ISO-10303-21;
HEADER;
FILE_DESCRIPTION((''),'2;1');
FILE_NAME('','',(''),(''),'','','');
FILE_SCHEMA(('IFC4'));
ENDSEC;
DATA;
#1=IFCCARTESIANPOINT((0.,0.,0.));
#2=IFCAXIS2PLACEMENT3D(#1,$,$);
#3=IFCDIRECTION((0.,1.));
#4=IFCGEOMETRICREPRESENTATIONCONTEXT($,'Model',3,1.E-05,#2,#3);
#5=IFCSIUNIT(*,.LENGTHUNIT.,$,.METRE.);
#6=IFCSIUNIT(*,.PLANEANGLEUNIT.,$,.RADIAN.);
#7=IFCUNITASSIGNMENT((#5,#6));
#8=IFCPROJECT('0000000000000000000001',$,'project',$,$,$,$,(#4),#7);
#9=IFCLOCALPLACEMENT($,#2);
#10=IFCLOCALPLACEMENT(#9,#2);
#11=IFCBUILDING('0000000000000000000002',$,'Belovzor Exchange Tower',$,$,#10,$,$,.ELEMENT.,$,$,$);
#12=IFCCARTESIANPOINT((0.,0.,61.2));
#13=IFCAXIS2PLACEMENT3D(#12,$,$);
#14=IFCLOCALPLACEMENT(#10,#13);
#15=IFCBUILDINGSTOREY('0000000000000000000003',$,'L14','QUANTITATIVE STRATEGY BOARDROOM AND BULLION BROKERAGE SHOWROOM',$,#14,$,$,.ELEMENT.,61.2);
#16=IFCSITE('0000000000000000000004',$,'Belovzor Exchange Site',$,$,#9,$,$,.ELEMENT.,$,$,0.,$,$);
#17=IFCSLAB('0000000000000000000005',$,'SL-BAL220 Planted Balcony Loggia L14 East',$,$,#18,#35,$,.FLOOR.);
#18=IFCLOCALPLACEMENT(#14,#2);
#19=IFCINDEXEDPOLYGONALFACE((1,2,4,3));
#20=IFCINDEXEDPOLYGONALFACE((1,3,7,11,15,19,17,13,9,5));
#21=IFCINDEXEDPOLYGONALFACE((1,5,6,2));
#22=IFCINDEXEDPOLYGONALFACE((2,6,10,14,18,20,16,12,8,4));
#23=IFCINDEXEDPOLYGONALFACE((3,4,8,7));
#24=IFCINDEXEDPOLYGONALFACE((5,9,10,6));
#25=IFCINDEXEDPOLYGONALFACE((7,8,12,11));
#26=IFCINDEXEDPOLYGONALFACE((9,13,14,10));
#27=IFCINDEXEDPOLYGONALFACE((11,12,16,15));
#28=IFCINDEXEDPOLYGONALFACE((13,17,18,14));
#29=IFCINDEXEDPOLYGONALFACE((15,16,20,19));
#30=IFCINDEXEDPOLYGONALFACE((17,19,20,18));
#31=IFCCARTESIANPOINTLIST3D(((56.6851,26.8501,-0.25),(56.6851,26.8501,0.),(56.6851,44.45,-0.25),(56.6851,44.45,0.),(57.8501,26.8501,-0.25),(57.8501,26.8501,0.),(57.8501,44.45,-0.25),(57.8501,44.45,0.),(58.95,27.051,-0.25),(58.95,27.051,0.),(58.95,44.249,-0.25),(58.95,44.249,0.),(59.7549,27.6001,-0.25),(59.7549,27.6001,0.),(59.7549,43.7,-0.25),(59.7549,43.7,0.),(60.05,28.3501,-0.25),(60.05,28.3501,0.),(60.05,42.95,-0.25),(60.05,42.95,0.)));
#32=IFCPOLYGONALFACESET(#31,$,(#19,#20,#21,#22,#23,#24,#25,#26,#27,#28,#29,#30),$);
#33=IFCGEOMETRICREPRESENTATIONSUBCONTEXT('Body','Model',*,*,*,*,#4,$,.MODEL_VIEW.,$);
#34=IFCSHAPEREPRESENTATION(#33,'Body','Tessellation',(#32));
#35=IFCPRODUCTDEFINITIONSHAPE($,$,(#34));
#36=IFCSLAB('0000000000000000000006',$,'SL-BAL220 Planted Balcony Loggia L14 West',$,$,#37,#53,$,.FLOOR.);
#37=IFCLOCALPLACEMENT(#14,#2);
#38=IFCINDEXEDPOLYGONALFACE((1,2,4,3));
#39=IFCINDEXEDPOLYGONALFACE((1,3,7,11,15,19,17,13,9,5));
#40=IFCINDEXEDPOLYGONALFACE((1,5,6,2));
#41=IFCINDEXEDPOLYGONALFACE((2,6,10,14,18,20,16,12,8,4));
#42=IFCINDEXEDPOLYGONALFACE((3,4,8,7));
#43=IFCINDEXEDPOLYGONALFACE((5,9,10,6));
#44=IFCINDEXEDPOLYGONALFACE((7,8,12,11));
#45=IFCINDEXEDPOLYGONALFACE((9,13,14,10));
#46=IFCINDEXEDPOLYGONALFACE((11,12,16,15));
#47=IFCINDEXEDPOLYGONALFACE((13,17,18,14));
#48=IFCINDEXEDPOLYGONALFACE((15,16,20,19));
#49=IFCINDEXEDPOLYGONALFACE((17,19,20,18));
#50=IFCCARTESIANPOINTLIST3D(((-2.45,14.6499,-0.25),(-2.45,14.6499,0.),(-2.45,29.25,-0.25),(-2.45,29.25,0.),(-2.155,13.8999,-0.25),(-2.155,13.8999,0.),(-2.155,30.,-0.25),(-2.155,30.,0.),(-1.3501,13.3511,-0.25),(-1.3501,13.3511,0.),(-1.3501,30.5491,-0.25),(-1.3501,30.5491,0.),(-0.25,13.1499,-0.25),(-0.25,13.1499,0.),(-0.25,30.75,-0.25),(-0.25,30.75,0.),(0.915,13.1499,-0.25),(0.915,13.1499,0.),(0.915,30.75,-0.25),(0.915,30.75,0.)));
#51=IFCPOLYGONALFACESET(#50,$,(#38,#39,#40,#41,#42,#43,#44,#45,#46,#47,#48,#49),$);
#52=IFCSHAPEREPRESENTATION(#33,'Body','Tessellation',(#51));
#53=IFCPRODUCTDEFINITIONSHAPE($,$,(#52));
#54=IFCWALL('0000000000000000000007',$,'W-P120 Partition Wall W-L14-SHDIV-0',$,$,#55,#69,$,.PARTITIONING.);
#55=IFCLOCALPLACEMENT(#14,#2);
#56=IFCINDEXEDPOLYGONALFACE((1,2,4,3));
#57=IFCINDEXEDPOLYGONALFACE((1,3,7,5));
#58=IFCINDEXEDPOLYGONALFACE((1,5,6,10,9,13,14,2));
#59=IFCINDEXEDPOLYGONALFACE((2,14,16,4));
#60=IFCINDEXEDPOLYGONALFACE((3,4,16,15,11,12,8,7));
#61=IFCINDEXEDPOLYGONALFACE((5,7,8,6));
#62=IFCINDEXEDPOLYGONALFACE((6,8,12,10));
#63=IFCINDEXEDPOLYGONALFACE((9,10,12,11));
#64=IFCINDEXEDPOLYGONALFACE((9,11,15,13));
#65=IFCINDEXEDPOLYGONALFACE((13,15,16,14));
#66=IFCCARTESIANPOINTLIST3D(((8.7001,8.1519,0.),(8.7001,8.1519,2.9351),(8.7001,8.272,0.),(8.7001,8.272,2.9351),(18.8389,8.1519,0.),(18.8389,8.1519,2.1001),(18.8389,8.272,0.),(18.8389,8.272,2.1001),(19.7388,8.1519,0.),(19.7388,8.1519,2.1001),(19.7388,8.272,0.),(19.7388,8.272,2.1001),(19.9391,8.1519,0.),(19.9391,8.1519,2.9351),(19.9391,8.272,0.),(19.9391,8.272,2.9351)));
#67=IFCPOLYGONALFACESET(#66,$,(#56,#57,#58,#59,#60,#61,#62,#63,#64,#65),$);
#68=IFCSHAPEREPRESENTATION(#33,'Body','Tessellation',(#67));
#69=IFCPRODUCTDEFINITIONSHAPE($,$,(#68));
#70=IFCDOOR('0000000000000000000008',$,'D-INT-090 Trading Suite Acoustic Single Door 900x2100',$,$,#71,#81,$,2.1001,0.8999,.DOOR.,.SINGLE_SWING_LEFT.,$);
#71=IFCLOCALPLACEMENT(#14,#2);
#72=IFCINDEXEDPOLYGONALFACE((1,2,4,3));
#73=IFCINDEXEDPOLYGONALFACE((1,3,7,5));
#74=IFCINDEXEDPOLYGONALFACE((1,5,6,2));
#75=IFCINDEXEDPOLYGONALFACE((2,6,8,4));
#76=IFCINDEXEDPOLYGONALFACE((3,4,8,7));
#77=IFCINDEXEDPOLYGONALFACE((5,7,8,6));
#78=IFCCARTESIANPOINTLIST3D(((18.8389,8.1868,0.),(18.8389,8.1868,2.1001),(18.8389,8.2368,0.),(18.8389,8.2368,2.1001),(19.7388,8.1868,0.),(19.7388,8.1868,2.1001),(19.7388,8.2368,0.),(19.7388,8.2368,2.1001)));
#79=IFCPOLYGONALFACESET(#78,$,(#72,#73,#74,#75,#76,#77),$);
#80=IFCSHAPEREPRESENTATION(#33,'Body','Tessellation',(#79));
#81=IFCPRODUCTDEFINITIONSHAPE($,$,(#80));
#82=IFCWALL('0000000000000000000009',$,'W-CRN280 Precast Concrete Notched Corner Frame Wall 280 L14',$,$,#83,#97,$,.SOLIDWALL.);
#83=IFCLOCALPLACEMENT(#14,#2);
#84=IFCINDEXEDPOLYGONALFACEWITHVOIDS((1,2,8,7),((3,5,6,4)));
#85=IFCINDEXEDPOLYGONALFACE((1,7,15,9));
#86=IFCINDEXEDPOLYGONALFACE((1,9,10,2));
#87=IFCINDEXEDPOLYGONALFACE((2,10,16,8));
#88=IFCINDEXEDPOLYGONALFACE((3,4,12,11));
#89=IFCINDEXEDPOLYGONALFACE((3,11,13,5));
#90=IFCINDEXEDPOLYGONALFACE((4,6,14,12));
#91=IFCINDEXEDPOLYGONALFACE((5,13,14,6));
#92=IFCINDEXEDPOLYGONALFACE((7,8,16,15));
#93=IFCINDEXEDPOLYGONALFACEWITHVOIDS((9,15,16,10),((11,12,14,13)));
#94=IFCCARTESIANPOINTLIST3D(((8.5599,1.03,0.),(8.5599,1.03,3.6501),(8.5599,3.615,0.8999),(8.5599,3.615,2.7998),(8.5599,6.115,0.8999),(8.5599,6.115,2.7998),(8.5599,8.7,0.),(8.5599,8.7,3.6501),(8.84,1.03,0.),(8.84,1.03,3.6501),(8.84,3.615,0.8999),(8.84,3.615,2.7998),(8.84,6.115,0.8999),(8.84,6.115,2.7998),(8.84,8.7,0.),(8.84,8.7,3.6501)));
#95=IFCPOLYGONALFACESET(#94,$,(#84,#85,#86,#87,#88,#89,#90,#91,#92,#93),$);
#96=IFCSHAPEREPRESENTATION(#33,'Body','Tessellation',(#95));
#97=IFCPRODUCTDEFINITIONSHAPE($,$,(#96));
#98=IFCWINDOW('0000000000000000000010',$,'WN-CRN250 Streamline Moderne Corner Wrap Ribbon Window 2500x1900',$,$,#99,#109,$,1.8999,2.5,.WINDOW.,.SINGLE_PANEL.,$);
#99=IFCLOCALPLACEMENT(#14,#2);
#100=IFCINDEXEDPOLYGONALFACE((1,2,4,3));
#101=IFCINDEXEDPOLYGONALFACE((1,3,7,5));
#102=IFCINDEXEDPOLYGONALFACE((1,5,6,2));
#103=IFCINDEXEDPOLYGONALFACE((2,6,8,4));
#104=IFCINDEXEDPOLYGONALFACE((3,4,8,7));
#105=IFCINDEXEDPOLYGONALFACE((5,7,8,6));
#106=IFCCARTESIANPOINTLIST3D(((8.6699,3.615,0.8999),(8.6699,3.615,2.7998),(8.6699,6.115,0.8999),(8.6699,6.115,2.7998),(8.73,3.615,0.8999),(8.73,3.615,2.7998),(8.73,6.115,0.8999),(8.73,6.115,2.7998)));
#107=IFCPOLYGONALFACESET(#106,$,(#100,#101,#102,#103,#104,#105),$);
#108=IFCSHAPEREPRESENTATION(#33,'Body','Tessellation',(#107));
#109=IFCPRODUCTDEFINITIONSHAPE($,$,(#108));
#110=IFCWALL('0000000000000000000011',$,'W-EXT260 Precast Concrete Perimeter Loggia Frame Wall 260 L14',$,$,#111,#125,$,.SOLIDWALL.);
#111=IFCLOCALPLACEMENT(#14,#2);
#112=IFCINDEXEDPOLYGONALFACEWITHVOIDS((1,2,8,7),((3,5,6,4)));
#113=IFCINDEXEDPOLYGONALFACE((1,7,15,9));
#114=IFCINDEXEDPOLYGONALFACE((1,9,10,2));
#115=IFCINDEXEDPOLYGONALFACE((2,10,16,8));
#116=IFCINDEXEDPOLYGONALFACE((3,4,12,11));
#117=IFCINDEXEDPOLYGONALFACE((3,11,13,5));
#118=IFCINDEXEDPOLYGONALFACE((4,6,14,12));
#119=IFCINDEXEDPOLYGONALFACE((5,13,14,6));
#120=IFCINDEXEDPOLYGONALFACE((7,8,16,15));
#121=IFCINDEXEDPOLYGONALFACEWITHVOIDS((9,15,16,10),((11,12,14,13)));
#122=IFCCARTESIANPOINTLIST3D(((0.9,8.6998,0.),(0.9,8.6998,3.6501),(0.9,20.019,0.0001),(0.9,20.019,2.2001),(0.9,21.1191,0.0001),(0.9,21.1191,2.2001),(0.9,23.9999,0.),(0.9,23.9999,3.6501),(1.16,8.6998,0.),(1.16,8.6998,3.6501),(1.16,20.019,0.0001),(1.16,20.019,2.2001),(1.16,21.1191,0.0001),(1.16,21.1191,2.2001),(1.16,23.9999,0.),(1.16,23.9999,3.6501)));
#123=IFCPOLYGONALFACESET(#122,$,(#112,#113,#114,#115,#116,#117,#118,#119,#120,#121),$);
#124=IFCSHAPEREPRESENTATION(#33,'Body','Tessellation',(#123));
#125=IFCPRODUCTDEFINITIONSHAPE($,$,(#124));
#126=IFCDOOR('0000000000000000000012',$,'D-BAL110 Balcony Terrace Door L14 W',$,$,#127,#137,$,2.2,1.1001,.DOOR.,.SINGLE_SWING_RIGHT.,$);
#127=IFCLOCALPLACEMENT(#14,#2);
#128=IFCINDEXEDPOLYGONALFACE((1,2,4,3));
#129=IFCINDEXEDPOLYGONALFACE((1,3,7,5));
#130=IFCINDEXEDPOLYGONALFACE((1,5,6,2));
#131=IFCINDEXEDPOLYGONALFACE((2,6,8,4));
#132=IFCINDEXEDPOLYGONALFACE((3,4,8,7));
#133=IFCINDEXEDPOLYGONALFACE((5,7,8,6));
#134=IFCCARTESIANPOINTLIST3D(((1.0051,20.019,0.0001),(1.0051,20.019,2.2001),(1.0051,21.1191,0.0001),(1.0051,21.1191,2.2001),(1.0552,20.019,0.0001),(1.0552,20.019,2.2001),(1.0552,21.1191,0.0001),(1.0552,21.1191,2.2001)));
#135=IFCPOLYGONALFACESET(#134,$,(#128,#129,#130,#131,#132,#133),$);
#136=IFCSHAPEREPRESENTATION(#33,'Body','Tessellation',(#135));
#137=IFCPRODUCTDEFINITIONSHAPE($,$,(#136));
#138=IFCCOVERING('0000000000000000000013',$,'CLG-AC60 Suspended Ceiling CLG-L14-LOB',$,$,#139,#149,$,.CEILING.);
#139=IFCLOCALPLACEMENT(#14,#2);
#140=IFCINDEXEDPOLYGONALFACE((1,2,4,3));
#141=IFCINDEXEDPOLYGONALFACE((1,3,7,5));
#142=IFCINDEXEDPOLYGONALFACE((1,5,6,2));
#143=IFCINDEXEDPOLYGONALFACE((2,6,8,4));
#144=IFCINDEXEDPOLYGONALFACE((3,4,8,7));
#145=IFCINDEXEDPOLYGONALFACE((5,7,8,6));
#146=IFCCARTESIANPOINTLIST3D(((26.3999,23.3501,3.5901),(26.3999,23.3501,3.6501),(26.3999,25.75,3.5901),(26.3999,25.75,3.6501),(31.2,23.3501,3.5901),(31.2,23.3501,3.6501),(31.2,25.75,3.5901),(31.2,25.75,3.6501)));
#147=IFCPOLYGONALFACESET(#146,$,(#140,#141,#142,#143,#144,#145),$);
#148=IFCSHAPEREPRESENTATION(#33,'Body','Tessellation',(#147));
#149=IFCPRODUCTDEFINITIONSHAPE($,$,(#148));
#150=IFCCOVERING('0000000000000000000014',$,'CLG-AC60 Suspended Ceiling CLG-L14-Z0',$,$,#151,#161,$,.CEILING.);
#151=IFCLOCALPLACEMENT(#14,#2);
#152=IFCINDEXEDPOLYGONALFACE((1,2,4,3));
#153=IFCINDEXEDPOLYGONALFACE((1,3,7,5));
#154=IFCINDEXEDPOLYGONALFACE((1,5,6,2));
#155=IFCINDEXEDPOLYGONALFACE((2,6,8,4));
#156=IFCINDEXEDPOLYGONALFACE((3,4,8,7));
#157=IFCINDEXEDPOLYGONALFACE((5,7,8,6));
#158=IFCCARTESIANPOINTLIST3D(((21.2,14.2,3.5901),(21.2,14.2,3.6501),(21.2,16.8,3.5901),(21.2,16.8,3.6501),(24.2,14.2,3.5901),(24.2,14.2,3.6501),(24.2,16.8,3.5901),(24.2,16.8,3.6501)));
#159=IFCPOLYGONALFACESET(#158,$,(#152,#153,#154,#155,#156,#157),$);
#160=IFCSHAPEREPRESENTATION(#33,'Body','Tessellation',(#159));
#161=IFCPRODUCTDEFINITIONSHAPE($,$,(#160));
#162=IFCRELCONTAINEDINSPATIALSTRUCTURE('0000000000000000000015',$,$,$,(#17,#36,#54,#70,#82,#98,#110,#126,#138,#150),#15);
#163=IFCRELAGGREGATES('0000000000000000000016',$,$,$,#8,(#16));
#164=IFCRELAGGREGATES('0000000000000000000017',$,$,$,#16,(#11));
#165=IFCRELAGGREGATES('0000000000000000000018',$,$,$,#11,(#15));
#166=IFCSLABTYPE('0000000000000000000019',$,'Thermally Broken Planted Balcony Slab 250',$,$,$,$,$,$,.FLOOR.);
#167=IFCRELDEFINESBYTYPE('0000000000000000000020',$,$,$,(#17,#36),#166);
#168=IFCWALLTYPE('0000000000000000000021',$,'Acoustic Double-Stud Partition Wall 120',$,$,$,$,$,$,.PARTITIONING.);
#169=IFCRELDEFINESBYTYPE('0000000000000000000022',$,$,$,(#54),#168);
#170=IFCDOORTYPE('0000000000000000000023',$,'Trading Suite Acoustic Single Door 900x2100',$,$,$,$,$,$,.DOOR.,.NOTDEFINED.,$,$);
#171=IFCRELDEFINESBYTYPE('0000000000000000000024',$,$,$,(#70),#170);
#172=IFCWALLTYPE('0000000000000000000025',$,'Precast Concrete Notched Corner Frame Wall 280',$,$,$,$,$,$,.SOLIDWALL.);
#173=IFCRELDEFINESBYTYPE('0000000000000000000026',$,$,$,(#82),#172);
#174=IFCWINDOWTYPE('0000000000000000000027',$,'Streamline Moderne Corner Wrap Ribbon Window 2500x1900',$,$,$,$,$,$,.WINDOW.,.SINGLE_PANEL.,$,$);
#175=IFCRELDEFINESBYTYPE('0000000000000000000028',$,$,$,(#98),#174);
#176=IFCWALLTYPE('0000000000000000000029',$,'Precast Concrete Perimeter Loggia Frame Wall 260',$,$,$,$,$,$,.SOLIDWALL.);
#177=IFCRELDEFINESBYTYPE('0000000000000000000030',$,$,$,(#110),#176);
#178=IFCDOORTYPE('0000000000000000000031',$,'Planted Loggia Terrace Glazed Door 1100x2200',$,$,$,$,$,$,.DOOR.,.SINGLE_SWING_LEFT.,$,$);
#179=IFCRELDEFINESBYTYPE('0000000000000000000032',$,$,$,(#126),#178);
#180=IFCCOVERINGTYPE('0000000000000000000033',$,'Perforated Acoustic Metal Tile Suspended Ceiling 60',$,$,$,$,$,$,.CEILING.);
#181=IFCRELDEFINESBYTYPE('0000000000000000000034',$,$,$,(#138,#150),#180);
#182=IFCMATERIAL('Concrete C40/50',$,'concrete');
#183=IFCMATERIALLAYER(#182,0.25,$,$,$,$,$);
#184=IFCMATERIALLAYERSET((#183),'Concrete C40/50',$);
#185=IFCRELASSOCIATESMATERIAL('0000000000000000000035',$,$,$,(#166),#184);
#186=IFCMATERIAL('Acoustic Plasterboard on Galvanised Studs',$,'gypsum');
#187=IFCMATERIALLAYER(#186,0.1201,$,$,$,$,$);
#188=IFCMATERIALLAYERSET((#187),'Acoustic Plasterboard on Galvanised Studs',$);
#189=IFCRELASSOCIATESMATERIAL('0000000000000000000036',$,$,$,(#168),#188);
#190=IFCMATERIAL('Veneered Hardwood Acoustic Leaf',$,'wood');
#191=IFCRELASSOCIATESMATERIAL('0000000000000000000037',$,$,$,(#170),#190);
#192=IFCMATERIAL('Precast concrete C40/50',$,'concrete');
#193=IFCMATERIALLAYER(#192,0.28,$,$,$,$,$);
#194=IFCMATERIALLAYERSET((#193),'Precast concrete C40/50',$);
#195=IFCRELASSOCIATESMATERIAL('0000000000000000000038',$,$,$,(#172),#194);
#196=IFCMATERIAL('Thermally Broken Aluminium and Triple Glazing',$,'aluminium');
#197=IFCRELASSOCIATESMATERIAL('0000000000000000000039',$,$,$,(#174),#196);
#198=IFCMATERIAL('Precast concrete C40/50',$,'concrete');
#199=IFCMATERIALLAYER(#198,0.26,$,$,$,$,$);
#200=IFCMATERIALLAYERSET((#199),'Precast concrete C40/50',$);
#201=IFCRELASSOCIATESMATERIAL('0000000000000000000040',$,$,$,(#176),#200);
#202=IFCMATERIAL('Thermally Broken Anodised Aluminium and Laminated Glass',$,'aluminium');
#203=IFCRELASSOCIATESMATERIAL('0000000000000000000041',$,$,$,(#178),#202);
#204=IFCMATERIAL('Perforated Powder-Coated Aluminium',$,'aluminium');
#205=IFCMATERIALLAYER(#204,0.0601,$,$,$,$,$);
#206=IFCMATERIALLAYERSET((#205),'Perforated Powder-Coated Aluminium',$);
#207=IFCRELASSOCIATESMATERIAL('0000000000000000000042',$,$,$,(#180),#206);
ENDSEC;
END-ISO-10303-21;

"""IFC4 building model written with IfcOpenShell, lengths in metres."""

from ifc_helpers import new_model, si_unit, direction, frame, frame_2d, origin, place, context, subcontext, project, spatial, polyline, rectangle, outline, extrude, material, layer, layer_set, type_object, element, fill, save


model = new_model("IFC4")

# Units and contexts
model_context = context("Model", 3, precision=1e-05, world=origin(), true_north=direction((0.0, 1.0)))
body_context = subcontext(model_context, "Body", "Model", "MODEL_VIEW")
ifc_project = project(units=[si_unit("LENGTHUNIT", "METRE"), si_unit("PLANEANGLEUNIT", "RADIAN")], contexts=[model_context])

# Site, building, storey
site_placement = place(None, origin())
site = spatial("IfcSite", under=ifc_project, at=site_placement, Name="Belovzor Exchange Site", CompositionType="ELEMENT", RefElevation=0.0)
building_placement = place(site_placement, origin())
building = spatial("IfcBuilding", under=site, at=building_placement, Name="Belovzor Exchange Tower", CompositionType="ELEMENT")
storey_placement = place(building_placement, frame((0.0, 0.0, 61.2)))
storey = spatial("IfcBuildingStorey", under=building, at=storey_placement, Name="L14", Description="QUANTITATIVE STRATEGY BOARDROOM AND BULLION BROKERAGE SHOWROOM", CompositionType="ELEMENT", Elevation=61.2)

# Slabs
ifc_material_1 = material(Name="Concrete C40/50", Category="concrete")
ifc_layer_1 = layer(ifc_material_1, 0.25)
ifc_layer_set_1 = layer_set([ifc_layer_1], Name="Concrete C40/50")
slab_type_1 = type_object("IfcSlabType", Name="Thermally Broken Planted Balcony Slab 250", PredefinedType="FLOOR", material=ifc_layer_set_1)
slab_1_placement = place(storey_placement, frame((0.0, 0.0, -0.25)))
element("IfcSlab", 1, at=slab_1_placement, inside=storey, type_object=slab_type_1, Name="SL-BAL220 Planted Balcony Loggia L14 East", PredefinedType="FLOOR", context=body_context, shape_type="SweptSolid", body=[
    extrude(outline(polyline([(56.6851, 26.8501), (57.8501, 26.8501), (58.95, 27.051), (59.7549, 27.6001), (60.05, 28.3501), (60.05, 42.95), (59.7549, 43.7), (58.95, 44.249), (57.8501, 44.45), (56.6851, 44.45), (56.6851, 26.8501)])), origin(), (0.0, 0.0, 1.0), 0.25),
])
slab_2_placement = place(storey_placement, frame((0.0, 0.0, -0.25)))
element("IfcSlab", 2, at=slab_2_placement, inside=storey, type_object=slab_type_1, Name="SL-BAL220 Planted Balcony Loggia L14 West", PredefinedType="FLOOR", context=body_context, shape_type="SweptSolid", body=[
    extrude(outline(polyline([(0.915, 30.75), (-0.25, 30.75), (-1.3501, 30.5491), (-2.155, 30.0), (-2.45, 29.25), (-2.45, 14.6499), (-2.155, 13.8999), (-1.3501, 13.3511), (-0.25, 13.1499), (0.915, 13.1499), (0.915, 30.75)])), origin(), (0.0, 0.0, 1.0), 0.25),
])

# Wall, opening, door
ifc_material_2 = material(Name="Acoustic Plasterboard on Galvanised Studs", Category="gypsum")
ifc_layer_2 = layer(ifc_material_2, 0.1201)
ifc_layer_set_2 = layer_set([ifc_layer_2], Name="Acoustic Plasterboard on Galvanised Studs")
wall_type_1 = type_object("IfcWallType", Name="Acoustic Double-Stud Partition Wall 120", PredefinedType="PARTITIONING", material=ifc_layer_set_2)
wall_1_placement = place(storey_placement, frame((8.7, 8.2119, 0.0), z_axis=(0.0, 0.0, 1.0), x_axis=(1.0, 0.0, 0.0)))
wall_1 = element("IfcWall", 3, at=wall_1_placement, inside=storey, type_object=wall_type_1, Name="W-P120 Partition Wall W-L14-SHDIV-0", PredefinedType="PARTITIONING", context=body_context, shape_type="SweptSolid", body=[
    extrude(rectangle(XDim=11.239, YDim=0.1201, at=frame_2d((5.6196, 0.0))), origin(), (0.0, 0.0, 1.0), 2.9351),
])
opening_1_placement = place(wall_1_placement, frame((10.1389, 0.0, 0.0)))
opening_1 = element("IfcOpeningElement", 4, at=opening_1_placement, cuts=wall_1, PredefinedType="OPENING", context=body_context, shape_type="SweptSolid", body=[
    extrude(rectangle(XDim=0.8999, YDim=2.1001, at=frame_2d((0.45, 1.05))), frame((0.0, 0.0701, 0.0), z_axis=(0.0, -1.0, 0.0), x_axis=(1.0, 0.0, 0.0)), (0.0, 0.0, 1.0), 0.1401),
])
ifc_material_3 = material(Name="Veneered Hardwood Acoustic Leaf", Category="wood")
door_type_1 = type_object("IfcDoorType", Name="Trading Suite Acoustic Single Door 900x2100", OperationType="NOTDEFINED", PredefinedType="DOOR", material=ifc_material_3)
door_1_placement = place(opening_1_placement, origin())
door_1 = element("IfcDoor", 5, at=door_1_placement, inside=storey, type_object=door_type_1, Name="D-INT-090 Trading Suite Acoustic Single Door 900x2100", OperationType="SINGLE_SWING_LEFT", OverallHeight=2.1001, OverallWidth=0.8999, PredefinedType="DOOR", context=body_context, shape_type="SweptSolid", body=[
    extrude(rectangle(XDim=0.8999, YDim=2.1001, at=frame_2d((0.45, 1.05))), frame((0.0, 0.0249, 0.0), z_axis=(0.0, -1.0, 0.0), x_axis=(1.0, 0.0, 0.0)), (0.0, 0.0, 1.0), 0.05),
])
fill(opening_1, door_1)

# Wall, opening, window
ifc_material_4 = material(Name="Precast concrete C40/50", Category="concrete")
ifc_layer_3 = layer(ifc_material_4, 0.28)
ifc_layer_set_3 = layer_set([ifc_layer_3], Name="Precast concrete C40/50")
wall_type_2 = type_object("IfcWallType", Name="Precast Concrete Notched Corner Frame Wall 280", PredefinedType="SOLIDWALL", material=ifc_layer_set_3)
wall_2_placement = place(storey_placement, frame((8.7, 1.03, 0.0), z_axis=(0.0, 0.0, 1.0), x_axis=(0.0, 1.0, 0.0)))
wall_2 = element("IfcWall", 6, at=wall_2_placement, inside=storey, type_object=wall_type_2, Name="W-CRN280 Precast Concrete Notched Corner Frame Wall 280 L14", PredefinedType="SOLIDWALL", context=body_context, shape_type="SweptSolid", body=[
    extrude(rectangle(XDim=7.6699, YDim=0.28, at=frame_2d((3.835, 0.0))), origin(), (0.0, 0.0, 1.0), 3.6501),
])
opening_2_placement = place(wall_2_placement, frame((2.585, 0.0, 0.8999)))
opening_2 = element("IfcOpeningElement", 7, at=opening_2_placement, cuts=wall_2, PredefinedType="OPENING", context=body_context, shape_type="SweptSolid", body=[
    extrude(rectangle(XDim=2.5, YDim=1.8999, at=frame_2d((1.25, 0.95))), frame((0.0, 0.1499, 0.0), z_axis=(0.0, -1.0, 0.0), x_axis=(1.0, 0.0, 0.0)), (0.0, 0.0, 1.0), 0.3),
])
ifc_material_5 = material(Name="Thermally Broken Aluminium and Triple Glazing", Category="aluminium")
window_type = type_object("IfcWindowType", Name="Streamline Moderne Corner Wrap Ribbon Window 2500x1900", PartitioningType="SINGLE_PANEL", PredefinedType="WINDOW", material=ifc_material_5)
window_placement = place(opening_2_placement, origin())
window = element("IfcWindow", 8, at=window_placement, inside=storey, type_object=window_type, Name="WN-CRN250 Streamline Moderne Corner Wrap Ribbon Window 2500x1900", OverallHeight=1.8999, OverallWidth=2.5, PartitioningType="SINGLE_PANEL", PredefinedType="WINDOW", context=body_context, shape_type="SweptSolid", body=[
    extrude(rectangle(XDim=2.5, YDim=1.8999, at=frame_2d((1.25, 0.95))), frame((0.0, 0.03, 0.0), z_axis=(0.0, -1.0, 0.0), x_axis=(1.0, 0.0, 0.0)), (0.0, 0.0, 1.0), 0.0601),
])
fill(opening_2, window)

# Wall, opening, door
ifc_material_6 = material(Name="Precast concrete C40/50", Category="concrete")
ifc_layer_4 = layer(ifc_material_6, 0.26)
ifc_layer_set_4 = layer_set([ifc_layer_4], Name="Precast concrete C40/50")
wall_type_3 = type_object("IfcWallType", Name="Precast Concrete Perimeter Loggia Frame Wall 260", PredefinedType="SOLIDWALL", material=ifc_layer_set_4)
wall_3_placement = place(storey_placement, frame((1.03, 8.7, 0.0), z_axis=(0.0, 0.0, 1.0), x_axis=(0.0, 1.0, 0.0)))
wall_3 = element("IfcWall", 9, at=wall_3_placement, inside=storey, type_object=wall_type_3, Name="W-EXT260 Precast Concrete Perimeter Loggia Frame Wall 260 L14", PredefinedType="SOLIDWALL", context=body_context, shape_type="SweptSolid", body=[
    extrude(rectangle(XDim=15.3, YDim=0.26, at=frame_2d((7.6499, 0.0))), origin(), (0.0, 0.0, 1.0), 3.6501),
])
opening_3_placement = place(wall_3_placement, frame((11.3191, 0.0, 0.0)))
opening_3 = element("IfcOpeningElement", 10, at=opening_3_placement, cuts=wall_3, PredefinedType="OPENING", context=body_context, shape_type="SweptSolid", body=[
    extrude(rectangle(XDim=1.1001, YDim=2.2, at=frame_2d((0.55, 1.1001))), frame((0.0, 0.1399, 0.0), z_axis=(0.0, -1.0, 0.0), x_axis=(1.0, 0.0, 0.0)), (0.0, 0.0, 1.0), 0.28),
])
ifc_material_7 = material(Name="Thermally Broken Anodised Aluminium and Laminated Glass", Category="aluminium")
door_type_2 = type_object("IfcDoorType", Name="Planted Loggia Terrace Glazed Door 1100x2200", OperationType="SINGLE_SWING_LEFT", PredefinedType="DOOR", material=ifc_material_7)
door_2_placement = place(opening_3_placement, origin())
door_2 = element("IfcDoor", 11, at=door_2_placement, inside=storey, type_object=door_type_2, Name="D-BAL110 Balcony Terrace Door L14 W", OperationType="SINGLE_SWING_RIGHT", OverallHeight=2.2, OverallWidth=1.1001, PredefinedType="DOOR", context=body_context, shape_type="SweptSolid", body=[
    extrude(rectangle(XDim=1.1001, YDim=2.2, at=frame_2d((0.55, 1.1001))), frame((0.0, 0.0249, 0.0), z_axis=(0.0, -1.0, 0.0), x_axis=(1.0, 0.0, 0.0)), (0.0, 0.0, 1.0), 0.05),
])
fill(opening_3, door_2)

# Coverings
ifc_material_8 = material(Name="Perforated Powder-Coated Aluminium", Category="aluminium")
ifc_layer_5 = layer(ifc_material_8, 0.0601)
ifc_layer_set_5 = layer_set([ifc_layer_5], Name="Perforated Powder-Coated Aluminium")
covering_type_1 = type_object("IfcCoveringType", Name="Perforated Acoustic Metal Tile Suspended Ceiling 60", PredefinedType="CEILING", material=ifc_layer_set_5)
covering_1_placement = place(storey_placement, frame((0.0, 0.0, 3.5901)))
element("IfcCovering", 12, at=covering_1_placement, inside=storey, type_object=covering_type_1, Name="CLG-AC60 Suspended Ceiling CLG-L14-LOB", PredefinedType="CEILING", context=body_context, shape_type="SweptSolid", body=[
    extrude(outline(polyline([(26.3999, 23.3501), (31.2, 23.3501), (31.2, 25.75), (26.3999, 25.75), (26.3999, 23.3501)])), origin(), (0.0, 0.0, 1.0), 0.0601),
])
covering_2_placement = place(storey_placement, frame((0.0, 0.0, 3.5901)))
element("IfcCovering", 13, at=covering_2_placement, inside=storey, type_object=covering_type_1, Name="CLG-AC60 Suspended Ceiling CLG-L14-Z0", PredefinedType="CEILING", context=body_context, shape_type="SweptSolid", body=[
    extrude(outline(polyline([(21.2, 14.2), (24.2, 14.2), (24.2, 16.8), (21.2, 16.8), (21.2, 14.2)])), origin(), (0.0, 0.0, 1.0), 0.0601),
])

save(model, "model.ifc")
